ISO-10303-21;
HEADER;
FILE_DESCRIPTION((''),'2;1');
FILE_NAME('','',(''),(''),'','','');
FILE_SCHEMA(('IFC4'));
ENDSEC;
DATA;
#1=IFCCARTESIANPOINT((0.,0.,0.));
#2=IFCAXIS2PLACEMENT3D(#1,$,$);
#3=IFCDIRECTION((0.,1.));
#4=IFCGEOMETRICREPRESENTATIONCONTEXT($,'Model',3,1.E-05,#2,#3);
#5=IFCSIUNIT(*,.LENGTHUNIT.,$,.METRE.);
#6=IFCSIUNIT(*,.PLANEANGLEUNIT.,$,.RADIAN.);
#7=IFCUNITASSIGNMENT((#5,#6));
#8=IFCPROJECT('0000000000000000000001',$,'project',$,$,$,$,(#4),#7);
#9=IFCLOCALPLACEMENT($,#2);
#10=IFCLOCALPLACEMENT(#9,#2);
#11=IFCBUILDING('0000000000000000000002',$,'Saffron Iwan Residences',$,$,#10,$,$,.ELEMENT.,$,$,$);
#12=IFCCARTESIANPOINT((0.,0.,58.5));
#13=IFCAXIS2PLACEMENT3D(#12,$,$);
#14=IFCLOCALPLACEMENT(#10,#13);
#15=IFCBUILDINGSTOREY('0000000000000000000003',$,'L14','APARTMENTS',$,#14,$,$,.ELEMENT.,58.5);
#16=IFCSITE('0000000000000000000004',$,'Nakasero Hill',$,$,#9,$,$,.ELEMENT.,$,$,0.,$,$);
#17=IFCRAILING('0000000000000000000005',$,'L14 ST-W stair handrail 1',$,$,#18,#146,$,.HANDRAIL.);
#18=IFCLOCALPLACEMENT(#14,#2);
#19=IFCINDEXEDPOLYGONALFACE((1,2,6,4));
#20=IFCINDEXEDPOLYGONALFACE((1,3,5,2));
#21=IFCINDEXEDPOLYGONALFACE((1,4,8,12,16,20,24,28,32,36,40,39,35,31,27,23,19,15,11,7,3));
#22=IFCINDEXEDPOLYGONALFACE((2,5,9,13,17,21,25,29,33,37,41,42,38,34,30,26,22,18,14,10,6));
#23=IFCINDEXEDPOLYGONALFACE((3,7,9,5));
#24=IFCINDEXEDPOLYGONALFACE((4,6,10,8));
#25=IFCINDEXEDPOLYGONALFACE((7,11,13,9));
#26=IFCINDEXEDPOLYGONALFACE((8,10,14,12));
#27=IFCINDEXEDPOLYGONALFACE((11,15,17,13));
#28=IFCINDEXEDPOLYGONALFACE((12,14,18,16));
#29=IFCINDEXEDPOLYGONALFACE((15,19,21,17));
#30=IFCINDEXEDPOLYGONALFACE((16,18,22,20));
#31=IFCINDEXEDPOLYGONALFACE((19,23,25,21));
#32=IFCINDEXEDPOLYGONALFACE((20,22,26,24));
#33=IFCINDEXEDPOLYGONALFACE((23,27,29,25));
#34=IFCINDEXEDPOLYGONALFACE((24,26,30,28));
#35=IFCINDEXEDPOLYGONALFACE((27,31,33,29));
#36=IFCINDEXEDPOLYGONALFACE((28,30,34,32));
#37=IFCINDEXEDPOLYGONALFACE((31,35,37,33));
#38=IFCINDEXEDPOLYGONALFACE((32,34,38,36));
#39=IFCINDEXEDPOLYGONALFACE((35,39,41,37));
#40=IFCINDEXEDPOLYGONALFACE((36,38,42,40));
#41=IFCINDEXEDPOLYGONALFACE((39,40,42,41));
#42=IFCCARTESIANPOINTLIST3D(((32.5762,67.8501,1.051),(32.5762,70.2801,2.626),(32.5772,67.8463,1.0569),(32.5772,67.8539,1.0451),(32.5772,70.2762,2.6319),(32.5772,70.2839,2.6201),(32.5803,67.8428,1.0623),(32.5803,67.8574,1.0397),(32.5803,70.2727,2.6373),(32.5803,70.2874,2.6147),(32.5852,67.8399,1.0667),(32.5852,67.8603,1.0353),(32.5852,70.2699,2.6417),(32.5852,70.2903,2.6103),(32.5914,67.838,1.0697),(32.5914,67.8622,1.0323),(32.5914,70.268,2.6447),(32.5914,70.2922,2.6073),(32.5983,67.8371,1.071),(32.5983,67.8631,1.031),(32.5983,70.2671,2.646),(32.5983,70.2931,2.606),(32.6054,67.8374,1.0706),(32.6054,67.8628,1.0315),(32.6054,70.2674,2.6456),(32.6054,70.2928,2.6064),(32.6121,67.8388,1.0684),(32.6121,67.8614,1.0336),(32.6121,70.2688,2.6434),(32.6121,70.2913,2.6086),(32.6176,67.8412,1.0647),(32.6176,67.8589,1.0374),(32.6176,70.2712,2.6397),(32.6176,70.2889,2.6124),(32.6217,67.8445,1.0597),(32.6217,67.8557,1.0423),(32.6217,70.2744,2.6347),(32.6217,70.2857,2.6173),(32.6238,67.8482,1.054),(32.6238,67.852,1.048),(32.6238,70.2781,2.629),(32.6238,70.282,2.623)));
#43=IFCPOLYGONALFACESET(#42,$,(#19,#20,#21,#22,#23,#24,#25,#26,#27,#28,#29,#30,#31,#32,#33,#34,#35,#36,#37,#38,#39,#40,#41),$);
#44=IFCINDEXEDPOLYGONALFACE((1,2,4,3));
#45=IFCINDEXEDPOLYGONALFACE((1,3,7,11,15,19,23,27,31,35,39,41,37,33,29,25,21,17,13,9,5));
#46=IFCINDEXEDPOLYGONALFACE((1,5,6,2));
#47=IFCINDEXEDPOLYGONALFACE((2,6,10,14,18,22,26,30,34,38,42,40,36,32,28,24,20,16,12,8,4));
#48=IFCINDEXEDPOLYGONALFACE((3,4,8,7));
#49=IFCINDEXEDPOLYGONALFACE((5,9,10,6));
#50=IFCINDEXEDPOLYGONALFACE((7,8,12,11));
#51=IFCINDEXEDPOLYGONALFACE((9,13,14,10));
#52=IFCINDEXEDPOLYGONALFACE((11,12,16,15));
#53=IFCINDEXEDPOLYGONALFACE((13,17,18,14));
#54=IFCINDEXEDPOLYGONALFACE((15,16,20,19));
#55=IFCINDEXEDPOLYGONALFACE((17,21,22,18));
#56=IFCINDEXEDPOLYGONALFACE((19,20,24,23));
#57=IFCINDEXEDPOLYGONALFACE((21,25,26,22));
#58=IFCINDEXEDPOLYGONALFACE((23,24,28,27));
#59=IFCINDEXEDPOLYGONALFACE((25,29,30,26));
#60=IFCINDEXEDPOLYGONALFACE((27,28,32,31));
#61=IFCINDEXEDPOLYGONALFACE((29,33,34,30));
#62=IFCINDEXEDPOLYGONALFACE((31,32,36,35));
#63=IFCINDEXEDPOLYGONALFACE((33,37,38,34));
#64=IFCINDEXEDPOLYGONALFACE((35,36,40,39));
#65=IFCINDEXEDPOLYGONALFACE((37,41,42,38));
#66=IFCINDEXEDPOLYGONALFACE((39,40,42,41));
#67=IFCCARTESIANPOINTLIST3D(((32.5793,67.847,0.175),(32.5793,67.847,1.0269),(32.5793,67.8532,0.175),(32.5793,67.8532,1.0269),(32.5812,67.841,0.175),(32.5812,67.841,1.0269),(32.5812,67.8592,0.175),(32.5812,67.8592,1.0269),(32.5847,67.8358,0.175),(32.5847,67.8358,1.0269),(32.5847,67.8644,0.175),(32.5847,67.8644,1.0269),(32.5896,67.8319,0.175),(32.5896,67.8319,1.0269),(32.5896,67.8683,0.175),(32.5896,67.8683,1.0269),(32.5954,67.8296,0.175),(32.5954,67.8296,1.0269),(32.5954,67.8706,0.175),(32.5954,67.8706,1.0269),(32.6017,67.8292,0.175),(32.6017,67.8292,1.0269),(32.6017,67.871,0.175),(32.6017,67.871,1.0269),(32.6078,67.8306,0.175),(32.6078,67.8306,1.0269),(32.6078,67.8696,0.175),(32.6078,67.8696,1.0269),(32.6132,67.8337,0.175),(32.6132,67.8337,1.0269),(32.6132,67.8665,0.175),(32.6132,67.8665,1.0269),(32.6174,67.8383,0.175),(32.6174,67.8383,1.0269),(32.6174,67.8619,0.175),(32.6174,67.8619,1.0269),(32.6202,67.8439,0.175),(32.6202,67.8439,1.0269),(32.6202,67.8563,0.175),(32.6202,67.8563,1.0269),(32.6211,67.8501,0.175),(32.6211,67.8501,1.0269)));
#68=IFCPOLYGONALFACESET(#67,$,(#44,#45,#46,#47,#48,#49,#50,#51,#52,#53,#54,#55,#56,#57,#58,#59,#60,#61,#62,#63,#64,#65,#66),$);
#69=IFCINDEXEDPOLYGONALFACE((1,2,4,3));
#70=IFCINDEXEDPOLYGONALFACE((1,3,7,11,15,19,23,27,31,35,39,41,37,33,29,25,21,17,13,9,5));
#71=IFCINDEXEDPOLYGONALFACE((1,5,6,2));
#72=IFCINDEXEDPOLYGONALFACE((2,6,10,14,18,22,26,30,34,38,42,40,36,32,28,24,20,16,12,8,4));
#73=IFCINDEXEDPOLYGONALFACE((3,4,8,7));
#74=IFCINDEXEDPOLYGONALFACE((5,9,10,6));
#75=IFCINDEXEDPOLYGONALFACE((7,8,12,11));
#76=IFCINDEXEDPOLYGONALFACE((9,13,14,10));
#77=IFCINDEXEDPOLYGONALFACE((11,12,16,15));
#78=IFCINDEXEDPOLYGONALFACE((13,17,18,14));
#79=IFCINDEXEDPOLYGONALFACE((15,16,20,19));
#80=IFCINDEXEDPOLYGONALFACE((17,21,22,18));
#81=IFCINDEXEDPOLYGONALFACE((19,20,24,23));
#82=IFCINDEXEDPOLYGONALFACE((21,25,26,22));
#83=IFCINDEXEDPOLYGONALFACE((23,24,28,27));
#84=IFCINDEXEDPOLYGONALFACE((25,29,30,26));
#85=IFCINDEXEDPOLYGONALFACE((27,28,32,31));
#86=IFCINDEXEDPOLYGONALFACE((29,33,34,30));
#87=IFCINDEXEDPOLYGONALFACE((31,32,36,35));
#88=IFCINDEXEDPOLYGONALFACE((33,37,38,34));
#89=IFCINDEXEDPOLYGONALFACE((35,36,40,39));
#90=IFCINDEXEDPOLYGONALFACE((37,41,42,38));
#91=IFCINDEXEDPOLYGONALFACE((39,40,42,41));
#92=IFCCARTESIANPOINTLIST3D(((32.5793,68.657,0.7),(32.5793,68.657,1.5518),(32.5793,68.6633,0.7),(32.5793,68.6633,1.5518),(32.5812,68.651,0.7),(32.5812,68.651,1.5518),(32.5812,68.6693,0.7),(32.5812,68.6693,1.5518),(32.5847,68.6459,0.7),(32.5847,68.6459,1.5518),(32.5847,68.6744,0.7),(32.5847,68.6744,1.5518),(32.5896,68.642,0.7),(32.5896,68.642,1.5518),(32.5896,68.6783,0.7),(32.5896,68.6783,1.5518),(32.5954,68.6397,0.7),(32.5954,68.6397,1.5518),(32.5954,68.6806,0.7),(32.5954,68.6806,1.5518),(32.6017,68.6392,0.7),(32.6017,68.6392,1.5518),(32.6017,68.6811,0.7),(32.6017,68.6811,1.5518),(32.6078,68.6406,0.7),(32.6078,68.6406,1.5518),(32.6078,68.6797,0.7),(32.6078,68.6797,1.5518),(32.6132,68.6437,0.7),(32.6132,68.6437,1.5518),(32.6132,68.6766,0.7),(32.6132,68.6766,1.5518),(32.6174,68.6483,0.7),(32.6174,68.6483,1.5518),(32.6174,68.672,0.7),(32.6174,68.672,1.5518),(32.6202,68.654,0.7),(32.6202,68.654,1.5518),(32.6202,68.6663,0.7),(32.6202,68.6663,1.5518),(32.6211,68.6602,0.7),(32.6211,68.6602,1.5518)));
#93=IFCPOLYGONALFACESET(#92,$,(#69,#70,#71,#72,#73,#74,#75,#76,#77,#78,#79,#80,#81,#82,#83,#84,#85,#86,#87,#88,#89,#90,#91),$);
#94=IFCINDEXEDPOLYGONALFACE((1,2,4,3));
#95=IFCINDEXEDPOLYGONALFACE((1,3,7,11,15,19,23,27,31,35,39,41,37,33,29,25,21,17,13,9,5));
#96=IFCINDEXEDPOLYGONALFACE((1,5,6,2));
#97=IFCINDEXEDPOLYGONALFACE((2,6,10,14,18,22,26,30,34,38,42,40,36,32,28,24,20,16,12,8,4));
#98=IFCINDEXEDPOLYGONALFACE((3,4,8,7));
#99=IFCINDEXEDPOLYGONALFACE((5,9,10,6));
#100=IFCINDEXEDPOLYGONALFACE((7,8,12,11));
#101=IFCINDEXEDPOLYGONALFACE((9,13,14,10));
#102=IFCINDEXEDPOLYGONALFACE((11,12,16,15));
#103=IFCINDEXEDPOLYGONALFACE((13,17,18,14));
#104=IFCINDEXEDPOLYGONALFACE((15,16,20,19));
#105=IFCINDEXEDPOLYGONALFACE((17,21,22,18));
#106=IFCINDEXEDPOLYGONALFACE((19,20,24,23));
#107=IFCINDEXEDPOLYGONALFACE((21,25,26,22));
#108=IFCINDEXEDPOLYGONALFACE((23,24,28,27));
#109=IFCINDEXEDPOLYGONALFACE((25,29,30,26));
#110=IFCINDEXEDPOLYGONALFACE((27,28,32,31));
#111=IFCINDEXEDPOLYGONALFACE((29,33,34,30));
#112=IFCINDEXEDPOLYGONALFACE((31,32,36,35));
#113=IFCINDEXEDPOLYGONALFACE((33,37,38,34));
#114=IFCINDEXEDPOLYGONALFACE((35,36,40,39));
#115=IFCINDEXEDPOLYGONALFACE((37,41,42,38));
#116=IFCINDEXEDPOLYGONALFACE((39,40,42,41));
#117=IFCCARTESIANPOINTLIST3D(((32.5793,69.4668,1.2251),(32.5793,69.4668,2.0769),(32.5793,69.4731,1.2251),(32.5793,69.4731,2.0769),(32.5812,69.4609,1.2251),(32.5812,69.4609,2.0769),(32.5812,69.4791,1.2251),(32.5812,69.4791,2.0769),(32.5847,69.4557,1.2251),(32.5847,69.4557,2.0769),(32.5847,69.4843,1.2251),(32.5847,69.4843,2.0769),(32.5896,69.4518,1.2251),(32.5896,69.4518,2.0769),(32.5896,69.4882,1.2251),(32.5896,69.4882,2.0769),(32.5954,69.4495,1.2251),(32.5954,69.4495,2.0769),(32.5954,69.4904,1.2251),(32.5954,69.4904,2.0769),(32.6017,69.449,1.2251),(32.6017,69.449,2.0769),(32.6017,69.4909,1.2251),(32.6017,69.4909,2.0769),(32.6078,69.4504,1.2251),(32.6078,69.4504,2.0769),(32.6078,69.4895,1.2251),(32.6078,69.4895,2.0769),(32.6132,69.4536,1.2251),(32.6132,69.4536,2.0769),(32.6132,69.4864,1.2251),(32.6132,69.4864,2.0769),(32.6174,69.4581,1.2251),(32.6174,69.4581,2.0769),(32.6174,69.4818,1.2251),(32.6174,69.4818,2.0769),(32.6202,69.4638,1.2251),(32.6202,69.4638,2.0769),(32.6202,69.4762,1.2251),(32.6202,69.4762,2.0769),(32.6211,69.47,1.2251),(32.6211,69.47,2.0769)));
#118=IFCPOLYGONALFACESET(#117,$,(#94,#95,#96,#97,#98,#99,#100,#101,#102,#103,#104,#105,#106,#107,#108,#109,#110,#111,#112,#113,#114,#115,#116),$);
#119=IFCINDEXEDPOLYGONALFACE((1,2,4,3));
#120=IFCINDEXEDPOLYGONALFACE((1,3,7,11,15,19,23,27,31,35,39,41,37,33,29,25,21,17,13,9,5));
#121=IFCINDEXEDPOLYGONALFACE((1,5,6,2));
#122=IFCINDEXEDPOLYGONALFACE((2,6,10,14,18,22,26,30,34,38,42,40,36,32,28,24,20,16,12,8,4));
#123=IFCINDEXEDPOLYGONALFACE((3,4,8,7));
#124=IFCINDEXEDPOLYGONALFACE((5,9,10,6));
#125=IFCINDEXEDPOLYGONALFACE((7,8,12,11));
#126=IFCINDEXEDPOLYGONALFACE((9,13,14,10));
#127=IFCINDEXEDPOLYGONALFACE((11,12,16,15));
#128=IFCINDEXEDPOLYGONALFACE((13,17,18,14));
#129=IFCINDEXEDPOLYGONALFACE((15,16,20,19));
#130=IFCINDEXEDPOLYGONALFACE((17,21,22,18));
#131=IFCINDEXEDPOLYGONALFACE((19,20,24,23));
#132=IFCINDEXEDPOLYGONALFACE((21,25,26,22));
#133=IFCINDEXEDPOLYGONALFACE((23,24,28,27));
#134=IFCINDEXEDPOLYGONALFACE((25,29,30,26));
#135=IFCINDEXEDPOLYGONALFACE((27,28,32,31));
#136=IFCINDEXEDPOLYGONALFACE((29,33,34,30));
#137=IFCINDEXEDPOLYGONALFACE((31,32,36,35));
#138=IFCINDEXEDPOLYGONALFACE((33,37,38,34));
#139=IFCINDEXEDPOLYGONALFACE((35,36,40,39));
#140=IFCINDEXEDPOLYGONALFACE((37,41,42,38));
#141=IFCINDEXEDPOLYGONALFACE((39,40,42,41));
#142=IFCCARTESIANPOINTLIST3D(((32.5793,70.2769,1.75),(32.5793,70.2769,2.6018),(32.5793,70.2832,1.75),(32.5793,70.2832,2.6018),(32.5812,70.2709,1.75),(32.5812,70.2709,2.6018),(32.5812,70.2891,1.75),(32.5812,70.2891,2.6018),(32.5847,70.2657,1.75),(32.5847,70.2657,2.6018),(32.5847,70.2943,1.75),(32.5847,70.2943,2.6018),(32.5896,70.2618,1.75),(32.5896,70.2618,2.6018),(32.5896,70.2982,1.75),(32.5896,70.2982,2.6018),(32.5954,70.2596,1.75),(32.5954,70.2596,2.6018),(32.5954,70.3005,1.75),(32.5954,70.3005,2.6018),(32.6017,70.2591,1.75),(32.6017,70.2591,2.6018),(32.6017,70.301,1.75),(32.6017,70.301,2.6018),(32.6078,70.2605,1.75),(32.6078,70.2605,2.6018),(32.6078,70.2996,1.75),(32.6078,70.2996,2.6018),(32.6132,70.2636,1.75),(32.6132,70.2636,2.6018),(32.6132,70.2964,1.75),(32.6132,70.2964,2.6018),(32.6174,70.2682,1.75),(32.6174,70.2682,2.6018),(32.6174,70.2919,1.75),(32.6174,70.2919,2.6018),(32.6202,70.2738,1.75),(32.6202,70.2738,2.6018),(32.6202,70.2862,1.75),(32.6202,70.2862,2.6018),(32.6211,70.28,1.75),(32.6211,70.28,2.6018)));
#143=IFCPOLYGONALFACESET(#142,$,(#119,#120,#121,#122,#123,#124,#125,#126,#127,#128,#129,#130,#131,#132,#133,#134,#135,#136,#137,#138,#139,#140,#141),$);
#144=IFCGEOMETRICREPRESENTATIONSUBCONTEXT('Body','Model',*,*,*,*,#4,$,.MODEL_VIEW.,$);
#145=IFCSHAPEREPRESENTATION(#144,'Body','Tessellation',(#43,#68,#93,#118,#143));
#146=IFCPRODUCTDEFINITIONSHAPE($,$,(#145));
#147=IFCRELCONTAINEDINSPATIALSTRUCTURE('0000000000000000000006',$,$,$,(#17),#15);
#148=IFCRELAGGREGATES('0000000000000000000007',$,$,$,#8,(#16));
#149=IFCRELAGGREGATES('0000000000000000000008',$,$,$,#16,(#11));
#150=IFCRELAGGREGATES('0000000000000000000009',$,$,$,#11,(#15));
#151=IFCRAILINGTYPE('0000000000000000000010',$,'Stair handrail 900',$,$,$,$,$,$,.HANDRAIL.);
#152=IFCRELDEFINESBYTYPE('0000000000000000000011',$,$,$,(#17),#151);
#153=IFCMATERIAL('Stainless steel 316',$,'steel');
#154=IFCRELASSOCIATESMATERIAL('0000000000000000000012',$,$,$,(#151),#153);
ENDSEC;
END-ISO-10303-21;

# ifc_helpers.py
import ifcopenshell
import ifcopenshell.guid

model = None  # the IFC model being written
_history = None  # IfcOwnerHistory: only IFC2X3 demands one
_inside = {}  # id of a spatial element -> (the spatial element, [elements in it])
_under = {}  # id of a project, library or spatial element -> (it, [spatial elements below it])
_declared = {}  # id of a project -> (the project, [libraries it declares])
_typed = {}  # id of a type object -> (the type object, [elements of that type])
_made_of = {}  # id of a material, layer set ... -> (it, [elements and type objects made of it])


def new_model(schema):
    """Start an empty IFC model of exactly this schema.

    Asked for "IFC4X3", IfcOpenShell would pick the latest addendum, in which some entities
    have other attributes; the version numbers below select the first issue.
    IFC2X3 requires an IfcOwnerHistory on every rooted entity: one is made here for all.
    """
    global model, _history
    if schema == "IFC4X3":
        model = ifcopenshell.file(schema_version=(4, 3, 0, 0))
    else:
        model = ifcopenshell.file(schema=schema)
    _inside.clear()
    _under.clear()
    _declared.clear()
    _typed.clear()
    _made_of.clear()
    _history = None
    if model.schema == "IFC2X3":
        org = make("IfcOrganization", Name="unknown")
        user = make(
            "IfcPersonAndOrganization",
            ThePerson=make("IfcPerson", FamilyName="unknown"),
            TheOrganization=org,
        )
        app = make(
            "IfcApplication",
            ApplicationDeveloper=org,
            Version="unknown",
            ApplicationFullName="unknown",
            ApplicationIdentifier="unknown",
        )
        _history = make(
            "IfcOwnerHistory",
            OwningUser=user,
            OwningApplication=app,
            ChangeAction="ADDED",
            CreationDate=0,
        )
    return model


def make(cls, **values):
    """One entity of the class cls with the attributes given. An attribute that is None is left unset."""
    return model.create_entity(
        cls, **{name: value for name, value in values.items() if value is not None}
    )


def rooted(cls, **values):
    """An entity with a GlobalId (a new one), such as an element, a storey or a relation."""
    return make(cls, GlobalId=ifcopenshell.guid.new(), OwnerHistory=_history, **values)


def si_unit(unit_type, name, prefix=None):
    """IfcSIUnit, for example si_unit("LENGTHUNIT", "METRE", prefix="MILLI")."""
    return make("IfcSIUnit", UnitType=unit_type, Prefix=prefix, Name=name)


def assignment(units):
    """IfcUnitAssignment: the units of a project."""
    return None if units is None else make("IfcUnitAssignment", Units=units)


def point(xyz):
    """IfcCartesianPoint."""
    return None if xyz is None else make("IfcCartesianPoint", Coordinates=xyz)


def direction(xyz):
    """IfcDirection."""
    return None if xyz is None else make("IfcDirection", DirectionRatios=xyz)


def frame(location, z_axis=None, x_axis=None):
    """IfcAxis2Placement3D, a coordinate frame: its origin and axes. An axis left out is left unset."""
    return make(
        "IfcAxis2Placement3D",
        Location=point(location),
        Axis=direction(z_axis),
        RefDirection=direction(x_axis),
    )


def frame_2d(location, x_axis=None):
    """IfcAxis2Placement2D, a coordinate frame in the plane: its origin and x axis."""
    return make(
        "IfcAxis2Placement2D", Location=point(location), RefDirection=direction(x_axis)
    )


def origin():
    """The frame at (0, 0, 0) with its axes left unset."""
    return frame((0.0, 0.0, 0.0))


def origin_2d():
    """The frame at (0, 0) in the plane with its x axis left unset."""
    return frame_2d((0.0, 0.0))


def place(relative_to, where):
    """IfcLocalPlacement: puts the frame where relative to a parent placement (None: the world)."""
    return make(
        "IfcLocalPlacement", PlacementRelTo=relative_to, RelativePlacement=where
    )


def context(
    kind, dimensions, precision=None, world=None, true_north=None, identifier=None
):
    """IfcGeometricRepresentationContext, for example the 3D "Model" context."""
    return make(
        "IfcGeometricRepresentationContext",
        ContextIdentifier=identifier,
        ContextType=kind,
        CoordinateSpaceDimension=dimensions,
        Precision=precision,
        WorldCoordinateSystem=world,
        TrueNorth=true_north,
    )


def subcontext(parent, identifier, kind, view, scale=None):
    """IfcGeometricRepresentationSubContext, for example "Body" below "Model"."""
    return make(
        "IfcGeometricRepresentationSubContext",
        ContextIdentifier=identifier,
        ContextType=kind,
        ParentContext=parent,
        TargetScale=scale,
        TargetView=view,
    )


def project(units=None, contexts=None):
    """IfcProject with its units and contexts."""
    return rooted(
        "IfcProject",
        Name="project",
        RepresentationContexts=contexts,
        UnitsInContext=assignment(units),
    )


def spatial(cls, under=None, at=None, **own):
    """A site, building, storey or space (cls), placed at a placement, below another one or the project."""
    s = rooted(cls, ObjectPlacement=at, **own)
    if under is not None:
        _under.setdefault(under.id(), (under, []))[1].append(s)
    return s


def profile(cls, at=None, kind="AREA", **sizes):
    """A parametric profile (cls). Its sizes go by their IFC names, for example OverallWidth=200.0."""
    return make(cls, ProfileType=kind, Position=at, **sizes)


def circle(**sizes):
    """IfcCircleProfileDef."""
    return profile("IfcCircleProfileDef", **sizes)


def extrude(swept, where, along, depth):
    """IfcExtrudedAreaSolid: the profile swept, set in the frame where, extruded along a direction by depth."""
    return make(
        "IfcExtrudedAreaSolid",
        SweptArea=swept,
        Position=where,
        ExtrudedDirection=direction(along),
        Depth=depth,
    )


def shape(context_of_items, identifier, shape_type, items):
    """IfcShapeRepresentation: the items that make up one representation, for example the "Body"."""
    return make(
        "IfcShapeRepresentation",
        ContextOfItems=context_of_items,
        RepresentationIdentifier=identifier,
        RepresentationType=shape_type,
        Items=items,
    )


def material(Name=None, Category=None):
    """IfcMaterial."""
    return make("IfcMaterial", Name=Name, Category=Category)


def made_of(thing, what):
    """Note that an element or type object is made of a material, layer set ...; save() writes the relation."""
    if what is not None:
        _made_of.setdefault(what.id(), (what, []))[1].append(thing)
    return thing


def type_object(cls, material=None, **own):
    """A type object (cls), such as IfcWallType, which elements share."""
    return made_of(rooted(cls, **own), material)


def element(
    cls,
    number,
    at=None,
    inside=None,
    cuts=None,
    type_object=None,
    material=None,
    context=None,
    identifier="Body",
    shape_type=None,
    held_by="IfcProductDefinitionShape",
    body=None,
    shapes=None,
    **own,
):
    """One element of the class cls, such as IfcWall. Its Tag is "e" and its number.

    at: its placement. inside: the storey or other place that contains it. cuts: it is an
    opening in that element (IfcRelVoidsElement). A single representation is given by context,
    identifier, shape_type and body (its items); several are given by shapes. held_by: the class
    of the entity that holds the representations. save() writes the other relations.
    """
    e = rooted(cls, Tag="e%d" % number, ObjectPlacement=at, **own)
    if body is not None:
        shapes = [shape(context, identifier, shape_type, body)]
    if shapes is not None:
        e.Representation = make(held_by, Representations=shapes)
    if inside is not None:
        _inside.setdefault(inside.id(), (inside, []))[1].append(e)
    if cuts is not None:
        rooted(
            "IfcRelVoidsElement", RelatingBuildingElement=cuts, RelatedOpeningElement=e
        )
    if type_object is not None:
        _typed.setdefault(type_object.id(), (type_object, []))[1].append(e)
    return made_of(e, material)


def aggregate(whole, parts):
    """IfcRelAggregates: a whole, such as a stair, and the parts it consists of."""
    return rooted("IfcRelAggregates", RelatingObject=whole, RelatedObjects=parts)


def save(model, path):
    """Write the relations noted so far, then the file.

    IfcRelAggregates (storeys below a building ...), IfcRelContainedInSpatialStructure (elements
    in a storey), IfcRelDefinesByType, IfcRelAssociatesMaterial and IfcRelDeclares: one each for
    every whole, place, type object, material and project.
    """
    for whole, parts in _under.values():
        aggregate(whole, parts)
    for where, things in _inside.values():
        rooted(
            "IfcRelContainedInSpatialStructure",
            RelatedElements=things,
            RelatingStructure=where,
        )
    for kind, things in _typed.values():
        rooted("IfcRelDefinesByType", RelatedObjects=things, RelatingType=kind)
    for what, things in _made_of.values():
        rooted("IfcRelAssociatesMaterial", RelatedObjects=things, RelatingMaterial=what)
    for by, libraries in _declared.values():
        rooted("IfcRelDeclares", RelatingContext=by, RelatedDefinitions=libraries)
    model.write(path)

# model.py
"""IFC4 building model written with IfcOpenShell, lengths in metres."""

from ifc_helpers import new_model, si_unit, direction, frame, origin, origin_2d, place, context, subcontext, project, spatial, circle, extrude, material, type_object, element, save


model = new_model("IFC4")

# Units and contexts
model_context = context("Model", 3, precision=1e-05, world=origin(), true_north=direction((0.0, 1.0)))
body_context = subcontext(model_context, "Body", "Model", "MODEL_VIEW")
ifc_project = project(units=[si_unit("LENGTHUNIT", "METRE"), si_unit("PLANEANGLEUNIT", "RADIAN")], contexts=[model_context])

# Site, building, storey
site_placement = place(None, origin())
site = spatial("IfcSite", under=ifc_project, at=site_placement, Name="Nakasero Hill", CompositionType="ELEMENT", RefElevation=0.0)
building_placement = place(site_placement, origin())
building = spatial("IfcBuilding", under=site, at=building_placement, Name="Saffron Iwan Residences", CompositionType="ELEMENT")
storey_placement = place(building_placement, frame((0.0, 0.0, 58.5)))
storey = spatial("IfcBuildingStorey", under=building, at=storey_placement, Name="L14", Description="APARTMENTS", CompositionType="ELEMENT", Elevation=58.5)

# Railing
ifc_material_1 = material(Name="Stainless steel 316", Category="steel")
railing_type_1 = type_object("IfcRailingType", Name="Stair handrail 900", PredefinedType="HANDRAIL", material=ifc_material_1)
railing_1_placement = place(storey_placement, frame((32.6001, 67.8501, 0.175)))
element("IfcRailing", 1, at=railing_1_placement, inside=storey, type_object=railing_type_1, Name="L14 ST-W stair handrail 1", PredefinedType="HANDRAIL", context=body_context, shape_type="SweptSolid", body=[
    extrude(circle(Radius=0.0239, at=origin_2d()), frame((0.0, 0.0, 0.876), z_axis=(0.0, 0.839154, 0.543894), x_axis=(-1.0, 0.0, 0.0)), (0.0, 0.0, 1.0), 2.8958),
    extrude(circle(Radius=0.021, at=origin_2d()), origin(), (0.0, 0.0, 1.0), 0.8518),
    extrude(circle(Radius=0.021, at=origin_2d()), frame((0.0, 0.8101, 0.5249)), (0.0, 0.0, 1.0), 0.8518),
    extrude(circle(Radius=0.021, at=origin_2d()), frame((0.0, 1.6199, 1.05)), (0.0, 0.0, 1.0), 0.8518),
    extrude(circle(Radius=0.021, at=origin_2d()), frame((0.0, 2.4299, 1.575)), (0.0, 0.0, 1.0), 0.8518),
])

save(model, "model.ifc")
